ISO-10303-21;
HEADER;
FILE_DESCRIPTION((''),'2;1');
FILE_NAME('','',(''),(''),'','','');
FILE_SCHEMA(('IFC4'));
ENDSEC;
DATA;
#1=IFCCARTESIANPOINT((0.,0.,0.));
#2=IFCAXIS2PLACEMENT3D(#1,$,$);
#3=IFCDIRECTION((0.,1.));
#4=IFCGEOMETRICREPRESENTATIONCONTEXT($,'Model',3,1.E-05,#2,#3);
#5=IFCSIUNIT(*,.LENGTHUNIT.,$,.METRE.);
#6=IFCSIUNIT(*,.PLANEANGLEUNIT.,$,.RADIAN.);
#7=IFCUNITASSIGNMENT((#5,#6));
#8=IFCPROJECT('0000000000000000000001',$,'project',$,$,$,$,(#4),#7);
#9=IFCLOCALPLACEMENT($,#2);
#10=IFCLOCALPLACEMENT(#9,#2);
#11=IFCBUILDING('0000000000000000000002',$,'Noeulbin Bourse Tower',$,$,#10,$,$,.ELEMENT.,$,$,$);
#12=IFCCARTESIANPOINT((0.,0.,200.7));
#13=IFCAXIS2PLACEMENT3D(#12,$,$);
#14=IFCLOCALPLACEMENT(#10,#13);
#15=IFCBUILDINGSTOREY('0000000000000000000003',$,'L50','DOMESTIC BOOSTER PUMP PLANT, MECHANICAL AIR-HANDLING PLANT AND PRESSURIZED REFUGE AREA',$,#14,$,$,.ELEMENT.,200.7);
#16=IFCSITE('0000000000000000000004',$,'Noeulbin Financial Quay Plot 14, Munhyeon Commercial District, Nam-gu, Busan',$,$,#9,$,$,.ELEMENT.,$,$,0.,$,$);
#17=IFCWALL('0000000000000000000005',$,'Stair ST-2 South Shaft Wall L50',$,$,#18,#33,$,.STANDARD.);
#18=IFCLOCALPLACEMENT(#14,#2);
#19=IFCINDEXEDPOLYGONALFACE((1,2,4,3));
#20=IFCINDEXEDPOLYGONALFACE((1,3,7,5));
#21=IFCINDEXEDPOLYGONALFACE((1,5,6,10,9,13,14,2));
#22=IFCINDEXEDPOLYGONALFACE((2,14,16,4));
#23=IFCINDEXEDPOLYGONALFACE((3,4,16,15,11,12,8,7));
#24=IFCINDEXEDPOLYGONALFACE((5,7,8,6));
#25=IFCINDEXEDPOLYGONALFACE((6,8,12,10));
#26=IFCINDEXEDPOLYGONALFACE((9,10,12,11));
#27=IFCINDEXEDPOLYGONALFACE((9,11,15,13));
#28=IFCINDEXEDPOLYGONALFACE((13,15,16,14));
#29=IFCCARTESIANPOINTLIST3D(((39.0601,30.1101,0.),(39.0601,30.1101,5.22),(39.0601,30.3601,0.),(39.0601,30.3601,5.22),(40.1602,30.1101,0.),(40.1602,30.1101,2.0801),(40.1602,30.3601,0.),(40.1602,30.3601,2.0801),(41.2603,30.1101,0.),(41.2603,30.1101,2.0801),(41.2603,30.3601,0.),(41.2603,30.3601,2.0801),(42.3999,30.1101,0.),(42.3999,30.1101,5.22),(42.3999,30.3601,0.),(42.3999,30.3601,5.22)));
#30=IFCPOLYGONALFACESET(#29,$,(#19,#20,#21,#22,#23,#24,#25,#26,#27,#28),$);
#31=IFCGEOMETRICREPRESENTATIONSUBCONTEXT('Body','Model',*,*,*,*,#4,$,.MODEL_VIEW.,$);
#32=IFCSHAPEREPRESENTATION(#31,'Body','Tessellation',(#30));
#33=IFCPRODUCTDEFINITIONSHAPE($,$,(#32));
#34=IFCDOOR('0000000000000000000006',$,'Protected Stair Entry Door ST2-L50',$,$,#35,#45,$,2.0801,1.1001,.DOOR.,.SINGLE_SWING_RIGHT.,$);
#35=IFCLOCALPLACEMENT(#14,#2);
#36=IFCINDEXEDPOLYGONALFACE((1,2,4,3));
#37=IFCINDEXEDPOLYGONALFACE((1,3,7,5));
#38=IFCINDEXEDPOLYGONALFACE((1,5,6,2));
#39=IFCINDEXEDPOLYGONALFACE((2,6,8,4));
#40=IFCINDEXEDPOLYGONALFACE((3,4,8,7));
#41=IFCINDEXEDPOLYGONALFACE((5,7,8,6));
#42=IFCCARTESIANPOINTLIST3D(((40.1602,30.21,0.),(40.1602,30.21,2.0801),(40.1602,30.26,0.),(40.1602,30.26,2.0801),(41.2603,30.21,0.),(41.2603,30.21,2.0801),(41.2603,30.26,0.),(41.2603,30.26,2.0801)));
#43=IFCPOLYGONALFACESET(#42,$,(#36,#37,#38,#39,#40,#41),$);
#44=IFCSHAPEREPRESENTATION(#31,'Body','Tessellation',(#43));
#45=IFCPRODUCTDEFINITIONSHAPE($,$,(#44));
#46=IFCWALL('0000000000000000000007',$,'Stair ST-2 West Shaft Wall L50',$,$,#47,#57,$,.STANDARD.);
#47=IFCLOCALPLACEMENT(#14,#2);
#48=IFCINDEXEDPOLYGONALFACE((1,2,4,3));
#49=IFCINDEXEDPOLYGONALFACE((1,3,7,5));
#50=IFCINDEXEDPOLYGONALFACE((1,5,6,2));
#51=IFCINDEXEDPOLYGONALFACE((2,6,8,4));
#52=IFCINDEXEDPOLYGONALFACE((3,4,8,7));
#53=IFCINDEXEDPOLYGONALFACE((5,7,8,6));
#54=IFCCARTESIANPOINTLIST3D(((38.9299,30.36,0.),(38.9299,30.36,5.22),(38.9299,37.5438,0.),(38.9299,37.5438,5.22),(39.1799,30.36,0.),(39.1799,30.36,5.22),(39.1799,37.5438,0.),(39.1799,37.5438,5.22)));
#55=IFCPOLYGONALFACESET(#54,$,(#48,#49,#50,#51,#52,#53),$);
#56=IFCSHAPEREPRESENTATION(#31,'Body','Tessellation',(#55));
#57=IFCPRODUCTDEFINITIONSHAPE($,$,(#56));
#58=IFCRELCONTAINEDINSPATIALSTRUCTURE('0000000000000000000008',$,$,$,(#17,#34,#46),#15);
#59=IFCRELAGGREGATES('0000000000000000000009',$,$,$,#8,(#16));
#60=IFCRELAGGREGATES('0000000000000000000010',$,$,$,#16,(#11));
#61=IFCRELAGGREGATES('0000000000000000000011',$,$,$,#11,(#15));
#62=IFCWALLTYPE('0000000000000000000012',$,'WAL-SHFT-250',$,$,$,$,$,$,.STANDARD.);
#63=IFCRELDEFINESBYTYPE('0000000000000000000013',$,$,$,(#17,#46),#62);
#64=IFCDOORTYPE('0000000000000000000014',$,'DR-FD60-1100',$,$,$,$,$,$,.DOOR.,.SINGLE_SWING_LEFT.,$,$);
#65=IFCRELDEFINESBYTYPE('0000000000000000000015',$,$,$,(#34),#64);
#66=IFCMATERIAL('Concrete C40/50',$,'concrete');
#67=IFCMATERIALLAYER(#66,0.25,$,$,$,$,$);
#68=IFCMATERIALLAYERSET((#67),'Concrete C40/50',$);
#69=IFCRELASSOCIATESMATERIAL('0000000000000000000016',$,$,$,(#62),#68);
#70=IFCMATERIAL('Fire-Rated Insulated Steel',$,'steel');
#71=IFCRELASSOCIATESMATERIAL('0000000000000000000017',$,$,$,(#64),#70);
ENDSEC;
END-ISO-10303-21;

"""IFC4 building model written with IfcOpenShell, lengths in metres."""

from ifc_helpers import new_model, si_unit, direction, frame, frame_2d, origin, place, context, subcontext, project, spatial, rectangle, extrude, material, layer, layer_set, type_object, element, fill, save


model = new_model("IFC4")

# Units and contexts
model_context = context("Model", 3, precision=1e-05, world=origin(), true_north=direction((0.0, 1.0)))
body_context = subcontext(model_context, "Body", "Model", "MODEL_VIEW")
ifc_project = project(units=[si_unit("LENGTHUNIT", "METRE"), si_unit("PLANEANGLEUNIT", "RADIAN")], contexts=[model_context])

# Site, building, storey
site_placement = place(None, origin())
site = spatial("IfcSite", under=ifc_project, at=site_placement, Name="Noeulbin Financial Quay Plot 14, Munhyeon Commercial District, Nam-gu, Busan", CompositionType="ELEMENT", RefElevation=0.0)
building_placement = place(site_placement, origin())
building = spatial("IfcBuilding", under=site, at=building_placement, Name="Noeulbin Bourse Tower", CompositionType="ELEMENT")
storey_placement = place(building_placement, frame((0.0, 0.0, 200.7)))
storey = spatial("IfcBuildingStorey", under=building, at=storey_placement, Name="L50", Description="DOMESTIC BOOSTER PUMP PLANT, MECHANICAL AIR-HANDLING PLANT AND PRESSURIZED REFUGE AREA", CompositionType="ELEMENT", Elevation=200.7)

# Shared definitions
ifc_material_1 = material(Name="Concrete C40/50", Category="concrete")

# Wall, opening, door
ifc_layer_1 = layer(ifc_material_1, 0.25)
ifc_layer_set_1 = layer_set([ifc_layer_1], Name="Concrete C40/50")
wall_type_1 = type_object("IfcWallType", Name="WAL-SHFT-250", PredefinedType="STANDARD", material=ifc_layer_set_1)
wall_1_placement = place(storey_placement, frame((39.0601, 30.2351, 0.0), z_axis=(0.0, 0.0, 1.0), x_axis=(1.0, 0.0, 0.0)))
wall_1 = element("IfcWall", 1, at=wall_1_placement, inside=storey, type_object=wall_type_1, Name="Stair ST-2 South Shaft Wall L50", PredefinedType="STANDARD", context=body_context, shape_type="SweptSolid", body=[
    extrude(rectangle(XDim=3.3398, YDim=0.25, at=frame_2d((1.6699, 0.0))), origin(), (0.0, 0.0, 1.0), 5.22),
])
opening_placement = place(wall_1_placement, frame((1.1001, 0.0, 0.0)))
opening = element("IfcOpeningElement", 2, at=opening_placement, cuts=wall_1, PredefinedType="OPENING", context=body_context, shape_type="SweptSolid", body=[
    extrude(rectangle(XDim=1.1001, YDim=2.0801, at=frame_2d((0.55, 1.04))), frame((0.0, 0.135, 0.0), z_axis=(0.0, -1.0, 0.0), x_axis=(1.0, 0.0, 0.0)), (0.0, 0.0, 1.0), 0.27),
])
ifc_material_2 = material(Name="Fire-Rated Insulated Steel", Category="steel")
door_type = type_object("IfcDoorType", Name="DR-FD60-1100", OperationType="SINGLE_SWING_LEFT", PredefinedType="DOOR", material=ifc_material_2)
door_placement = place(opening_placement, origin())
door = element("IfcDoor", 3, at=door_placement, inside=storey, type_object=door_type, Name="Protected Stair Entry Door ST2-L50", OperationType="SINGLE_SWING_RIGHT", OverallHeight=2.0801, OverallWidth=1.1001, PredefinedType="DOOR", context=body_context, shape_type="SweptSolid", body=[
    extrude(rectangle(XDim=1.1001, YDim=2.0801, at=frame_2d((0.55, 1.04))), frame((0.0, 0.0249, 0.0), z_axis=(0.0, -1.0, 0.0), x_axis=(1.0, 0.0, 0.0)), (0.0, 0.0, 1.0), 0.05),
])
fill(opening, door)

# Wall
wall_2_placement = place(storey_placement, frame((39.0549, 30.3601, 0.0), z_axis=(0.0, 0.0, 1.0), x_axis=(0.0, 1.0, 0.0)))
element("IfcWall", 4, at=wall_2_placement, inside=storey, type_object=wall_type_1, Name="Stair ST-2 West Shaft Wall L50", PredefinedType="STANDARD", context=body_context, shape_type="SweptSolid", body=[
    extrude(rectangle(XDim=7.1838, YDim=0.25, at=frame_2d((3.5918, 0.0))), origin(), (0.0, 0.0, 1.0), 5.22),
])

save(model, "model.ifc")
